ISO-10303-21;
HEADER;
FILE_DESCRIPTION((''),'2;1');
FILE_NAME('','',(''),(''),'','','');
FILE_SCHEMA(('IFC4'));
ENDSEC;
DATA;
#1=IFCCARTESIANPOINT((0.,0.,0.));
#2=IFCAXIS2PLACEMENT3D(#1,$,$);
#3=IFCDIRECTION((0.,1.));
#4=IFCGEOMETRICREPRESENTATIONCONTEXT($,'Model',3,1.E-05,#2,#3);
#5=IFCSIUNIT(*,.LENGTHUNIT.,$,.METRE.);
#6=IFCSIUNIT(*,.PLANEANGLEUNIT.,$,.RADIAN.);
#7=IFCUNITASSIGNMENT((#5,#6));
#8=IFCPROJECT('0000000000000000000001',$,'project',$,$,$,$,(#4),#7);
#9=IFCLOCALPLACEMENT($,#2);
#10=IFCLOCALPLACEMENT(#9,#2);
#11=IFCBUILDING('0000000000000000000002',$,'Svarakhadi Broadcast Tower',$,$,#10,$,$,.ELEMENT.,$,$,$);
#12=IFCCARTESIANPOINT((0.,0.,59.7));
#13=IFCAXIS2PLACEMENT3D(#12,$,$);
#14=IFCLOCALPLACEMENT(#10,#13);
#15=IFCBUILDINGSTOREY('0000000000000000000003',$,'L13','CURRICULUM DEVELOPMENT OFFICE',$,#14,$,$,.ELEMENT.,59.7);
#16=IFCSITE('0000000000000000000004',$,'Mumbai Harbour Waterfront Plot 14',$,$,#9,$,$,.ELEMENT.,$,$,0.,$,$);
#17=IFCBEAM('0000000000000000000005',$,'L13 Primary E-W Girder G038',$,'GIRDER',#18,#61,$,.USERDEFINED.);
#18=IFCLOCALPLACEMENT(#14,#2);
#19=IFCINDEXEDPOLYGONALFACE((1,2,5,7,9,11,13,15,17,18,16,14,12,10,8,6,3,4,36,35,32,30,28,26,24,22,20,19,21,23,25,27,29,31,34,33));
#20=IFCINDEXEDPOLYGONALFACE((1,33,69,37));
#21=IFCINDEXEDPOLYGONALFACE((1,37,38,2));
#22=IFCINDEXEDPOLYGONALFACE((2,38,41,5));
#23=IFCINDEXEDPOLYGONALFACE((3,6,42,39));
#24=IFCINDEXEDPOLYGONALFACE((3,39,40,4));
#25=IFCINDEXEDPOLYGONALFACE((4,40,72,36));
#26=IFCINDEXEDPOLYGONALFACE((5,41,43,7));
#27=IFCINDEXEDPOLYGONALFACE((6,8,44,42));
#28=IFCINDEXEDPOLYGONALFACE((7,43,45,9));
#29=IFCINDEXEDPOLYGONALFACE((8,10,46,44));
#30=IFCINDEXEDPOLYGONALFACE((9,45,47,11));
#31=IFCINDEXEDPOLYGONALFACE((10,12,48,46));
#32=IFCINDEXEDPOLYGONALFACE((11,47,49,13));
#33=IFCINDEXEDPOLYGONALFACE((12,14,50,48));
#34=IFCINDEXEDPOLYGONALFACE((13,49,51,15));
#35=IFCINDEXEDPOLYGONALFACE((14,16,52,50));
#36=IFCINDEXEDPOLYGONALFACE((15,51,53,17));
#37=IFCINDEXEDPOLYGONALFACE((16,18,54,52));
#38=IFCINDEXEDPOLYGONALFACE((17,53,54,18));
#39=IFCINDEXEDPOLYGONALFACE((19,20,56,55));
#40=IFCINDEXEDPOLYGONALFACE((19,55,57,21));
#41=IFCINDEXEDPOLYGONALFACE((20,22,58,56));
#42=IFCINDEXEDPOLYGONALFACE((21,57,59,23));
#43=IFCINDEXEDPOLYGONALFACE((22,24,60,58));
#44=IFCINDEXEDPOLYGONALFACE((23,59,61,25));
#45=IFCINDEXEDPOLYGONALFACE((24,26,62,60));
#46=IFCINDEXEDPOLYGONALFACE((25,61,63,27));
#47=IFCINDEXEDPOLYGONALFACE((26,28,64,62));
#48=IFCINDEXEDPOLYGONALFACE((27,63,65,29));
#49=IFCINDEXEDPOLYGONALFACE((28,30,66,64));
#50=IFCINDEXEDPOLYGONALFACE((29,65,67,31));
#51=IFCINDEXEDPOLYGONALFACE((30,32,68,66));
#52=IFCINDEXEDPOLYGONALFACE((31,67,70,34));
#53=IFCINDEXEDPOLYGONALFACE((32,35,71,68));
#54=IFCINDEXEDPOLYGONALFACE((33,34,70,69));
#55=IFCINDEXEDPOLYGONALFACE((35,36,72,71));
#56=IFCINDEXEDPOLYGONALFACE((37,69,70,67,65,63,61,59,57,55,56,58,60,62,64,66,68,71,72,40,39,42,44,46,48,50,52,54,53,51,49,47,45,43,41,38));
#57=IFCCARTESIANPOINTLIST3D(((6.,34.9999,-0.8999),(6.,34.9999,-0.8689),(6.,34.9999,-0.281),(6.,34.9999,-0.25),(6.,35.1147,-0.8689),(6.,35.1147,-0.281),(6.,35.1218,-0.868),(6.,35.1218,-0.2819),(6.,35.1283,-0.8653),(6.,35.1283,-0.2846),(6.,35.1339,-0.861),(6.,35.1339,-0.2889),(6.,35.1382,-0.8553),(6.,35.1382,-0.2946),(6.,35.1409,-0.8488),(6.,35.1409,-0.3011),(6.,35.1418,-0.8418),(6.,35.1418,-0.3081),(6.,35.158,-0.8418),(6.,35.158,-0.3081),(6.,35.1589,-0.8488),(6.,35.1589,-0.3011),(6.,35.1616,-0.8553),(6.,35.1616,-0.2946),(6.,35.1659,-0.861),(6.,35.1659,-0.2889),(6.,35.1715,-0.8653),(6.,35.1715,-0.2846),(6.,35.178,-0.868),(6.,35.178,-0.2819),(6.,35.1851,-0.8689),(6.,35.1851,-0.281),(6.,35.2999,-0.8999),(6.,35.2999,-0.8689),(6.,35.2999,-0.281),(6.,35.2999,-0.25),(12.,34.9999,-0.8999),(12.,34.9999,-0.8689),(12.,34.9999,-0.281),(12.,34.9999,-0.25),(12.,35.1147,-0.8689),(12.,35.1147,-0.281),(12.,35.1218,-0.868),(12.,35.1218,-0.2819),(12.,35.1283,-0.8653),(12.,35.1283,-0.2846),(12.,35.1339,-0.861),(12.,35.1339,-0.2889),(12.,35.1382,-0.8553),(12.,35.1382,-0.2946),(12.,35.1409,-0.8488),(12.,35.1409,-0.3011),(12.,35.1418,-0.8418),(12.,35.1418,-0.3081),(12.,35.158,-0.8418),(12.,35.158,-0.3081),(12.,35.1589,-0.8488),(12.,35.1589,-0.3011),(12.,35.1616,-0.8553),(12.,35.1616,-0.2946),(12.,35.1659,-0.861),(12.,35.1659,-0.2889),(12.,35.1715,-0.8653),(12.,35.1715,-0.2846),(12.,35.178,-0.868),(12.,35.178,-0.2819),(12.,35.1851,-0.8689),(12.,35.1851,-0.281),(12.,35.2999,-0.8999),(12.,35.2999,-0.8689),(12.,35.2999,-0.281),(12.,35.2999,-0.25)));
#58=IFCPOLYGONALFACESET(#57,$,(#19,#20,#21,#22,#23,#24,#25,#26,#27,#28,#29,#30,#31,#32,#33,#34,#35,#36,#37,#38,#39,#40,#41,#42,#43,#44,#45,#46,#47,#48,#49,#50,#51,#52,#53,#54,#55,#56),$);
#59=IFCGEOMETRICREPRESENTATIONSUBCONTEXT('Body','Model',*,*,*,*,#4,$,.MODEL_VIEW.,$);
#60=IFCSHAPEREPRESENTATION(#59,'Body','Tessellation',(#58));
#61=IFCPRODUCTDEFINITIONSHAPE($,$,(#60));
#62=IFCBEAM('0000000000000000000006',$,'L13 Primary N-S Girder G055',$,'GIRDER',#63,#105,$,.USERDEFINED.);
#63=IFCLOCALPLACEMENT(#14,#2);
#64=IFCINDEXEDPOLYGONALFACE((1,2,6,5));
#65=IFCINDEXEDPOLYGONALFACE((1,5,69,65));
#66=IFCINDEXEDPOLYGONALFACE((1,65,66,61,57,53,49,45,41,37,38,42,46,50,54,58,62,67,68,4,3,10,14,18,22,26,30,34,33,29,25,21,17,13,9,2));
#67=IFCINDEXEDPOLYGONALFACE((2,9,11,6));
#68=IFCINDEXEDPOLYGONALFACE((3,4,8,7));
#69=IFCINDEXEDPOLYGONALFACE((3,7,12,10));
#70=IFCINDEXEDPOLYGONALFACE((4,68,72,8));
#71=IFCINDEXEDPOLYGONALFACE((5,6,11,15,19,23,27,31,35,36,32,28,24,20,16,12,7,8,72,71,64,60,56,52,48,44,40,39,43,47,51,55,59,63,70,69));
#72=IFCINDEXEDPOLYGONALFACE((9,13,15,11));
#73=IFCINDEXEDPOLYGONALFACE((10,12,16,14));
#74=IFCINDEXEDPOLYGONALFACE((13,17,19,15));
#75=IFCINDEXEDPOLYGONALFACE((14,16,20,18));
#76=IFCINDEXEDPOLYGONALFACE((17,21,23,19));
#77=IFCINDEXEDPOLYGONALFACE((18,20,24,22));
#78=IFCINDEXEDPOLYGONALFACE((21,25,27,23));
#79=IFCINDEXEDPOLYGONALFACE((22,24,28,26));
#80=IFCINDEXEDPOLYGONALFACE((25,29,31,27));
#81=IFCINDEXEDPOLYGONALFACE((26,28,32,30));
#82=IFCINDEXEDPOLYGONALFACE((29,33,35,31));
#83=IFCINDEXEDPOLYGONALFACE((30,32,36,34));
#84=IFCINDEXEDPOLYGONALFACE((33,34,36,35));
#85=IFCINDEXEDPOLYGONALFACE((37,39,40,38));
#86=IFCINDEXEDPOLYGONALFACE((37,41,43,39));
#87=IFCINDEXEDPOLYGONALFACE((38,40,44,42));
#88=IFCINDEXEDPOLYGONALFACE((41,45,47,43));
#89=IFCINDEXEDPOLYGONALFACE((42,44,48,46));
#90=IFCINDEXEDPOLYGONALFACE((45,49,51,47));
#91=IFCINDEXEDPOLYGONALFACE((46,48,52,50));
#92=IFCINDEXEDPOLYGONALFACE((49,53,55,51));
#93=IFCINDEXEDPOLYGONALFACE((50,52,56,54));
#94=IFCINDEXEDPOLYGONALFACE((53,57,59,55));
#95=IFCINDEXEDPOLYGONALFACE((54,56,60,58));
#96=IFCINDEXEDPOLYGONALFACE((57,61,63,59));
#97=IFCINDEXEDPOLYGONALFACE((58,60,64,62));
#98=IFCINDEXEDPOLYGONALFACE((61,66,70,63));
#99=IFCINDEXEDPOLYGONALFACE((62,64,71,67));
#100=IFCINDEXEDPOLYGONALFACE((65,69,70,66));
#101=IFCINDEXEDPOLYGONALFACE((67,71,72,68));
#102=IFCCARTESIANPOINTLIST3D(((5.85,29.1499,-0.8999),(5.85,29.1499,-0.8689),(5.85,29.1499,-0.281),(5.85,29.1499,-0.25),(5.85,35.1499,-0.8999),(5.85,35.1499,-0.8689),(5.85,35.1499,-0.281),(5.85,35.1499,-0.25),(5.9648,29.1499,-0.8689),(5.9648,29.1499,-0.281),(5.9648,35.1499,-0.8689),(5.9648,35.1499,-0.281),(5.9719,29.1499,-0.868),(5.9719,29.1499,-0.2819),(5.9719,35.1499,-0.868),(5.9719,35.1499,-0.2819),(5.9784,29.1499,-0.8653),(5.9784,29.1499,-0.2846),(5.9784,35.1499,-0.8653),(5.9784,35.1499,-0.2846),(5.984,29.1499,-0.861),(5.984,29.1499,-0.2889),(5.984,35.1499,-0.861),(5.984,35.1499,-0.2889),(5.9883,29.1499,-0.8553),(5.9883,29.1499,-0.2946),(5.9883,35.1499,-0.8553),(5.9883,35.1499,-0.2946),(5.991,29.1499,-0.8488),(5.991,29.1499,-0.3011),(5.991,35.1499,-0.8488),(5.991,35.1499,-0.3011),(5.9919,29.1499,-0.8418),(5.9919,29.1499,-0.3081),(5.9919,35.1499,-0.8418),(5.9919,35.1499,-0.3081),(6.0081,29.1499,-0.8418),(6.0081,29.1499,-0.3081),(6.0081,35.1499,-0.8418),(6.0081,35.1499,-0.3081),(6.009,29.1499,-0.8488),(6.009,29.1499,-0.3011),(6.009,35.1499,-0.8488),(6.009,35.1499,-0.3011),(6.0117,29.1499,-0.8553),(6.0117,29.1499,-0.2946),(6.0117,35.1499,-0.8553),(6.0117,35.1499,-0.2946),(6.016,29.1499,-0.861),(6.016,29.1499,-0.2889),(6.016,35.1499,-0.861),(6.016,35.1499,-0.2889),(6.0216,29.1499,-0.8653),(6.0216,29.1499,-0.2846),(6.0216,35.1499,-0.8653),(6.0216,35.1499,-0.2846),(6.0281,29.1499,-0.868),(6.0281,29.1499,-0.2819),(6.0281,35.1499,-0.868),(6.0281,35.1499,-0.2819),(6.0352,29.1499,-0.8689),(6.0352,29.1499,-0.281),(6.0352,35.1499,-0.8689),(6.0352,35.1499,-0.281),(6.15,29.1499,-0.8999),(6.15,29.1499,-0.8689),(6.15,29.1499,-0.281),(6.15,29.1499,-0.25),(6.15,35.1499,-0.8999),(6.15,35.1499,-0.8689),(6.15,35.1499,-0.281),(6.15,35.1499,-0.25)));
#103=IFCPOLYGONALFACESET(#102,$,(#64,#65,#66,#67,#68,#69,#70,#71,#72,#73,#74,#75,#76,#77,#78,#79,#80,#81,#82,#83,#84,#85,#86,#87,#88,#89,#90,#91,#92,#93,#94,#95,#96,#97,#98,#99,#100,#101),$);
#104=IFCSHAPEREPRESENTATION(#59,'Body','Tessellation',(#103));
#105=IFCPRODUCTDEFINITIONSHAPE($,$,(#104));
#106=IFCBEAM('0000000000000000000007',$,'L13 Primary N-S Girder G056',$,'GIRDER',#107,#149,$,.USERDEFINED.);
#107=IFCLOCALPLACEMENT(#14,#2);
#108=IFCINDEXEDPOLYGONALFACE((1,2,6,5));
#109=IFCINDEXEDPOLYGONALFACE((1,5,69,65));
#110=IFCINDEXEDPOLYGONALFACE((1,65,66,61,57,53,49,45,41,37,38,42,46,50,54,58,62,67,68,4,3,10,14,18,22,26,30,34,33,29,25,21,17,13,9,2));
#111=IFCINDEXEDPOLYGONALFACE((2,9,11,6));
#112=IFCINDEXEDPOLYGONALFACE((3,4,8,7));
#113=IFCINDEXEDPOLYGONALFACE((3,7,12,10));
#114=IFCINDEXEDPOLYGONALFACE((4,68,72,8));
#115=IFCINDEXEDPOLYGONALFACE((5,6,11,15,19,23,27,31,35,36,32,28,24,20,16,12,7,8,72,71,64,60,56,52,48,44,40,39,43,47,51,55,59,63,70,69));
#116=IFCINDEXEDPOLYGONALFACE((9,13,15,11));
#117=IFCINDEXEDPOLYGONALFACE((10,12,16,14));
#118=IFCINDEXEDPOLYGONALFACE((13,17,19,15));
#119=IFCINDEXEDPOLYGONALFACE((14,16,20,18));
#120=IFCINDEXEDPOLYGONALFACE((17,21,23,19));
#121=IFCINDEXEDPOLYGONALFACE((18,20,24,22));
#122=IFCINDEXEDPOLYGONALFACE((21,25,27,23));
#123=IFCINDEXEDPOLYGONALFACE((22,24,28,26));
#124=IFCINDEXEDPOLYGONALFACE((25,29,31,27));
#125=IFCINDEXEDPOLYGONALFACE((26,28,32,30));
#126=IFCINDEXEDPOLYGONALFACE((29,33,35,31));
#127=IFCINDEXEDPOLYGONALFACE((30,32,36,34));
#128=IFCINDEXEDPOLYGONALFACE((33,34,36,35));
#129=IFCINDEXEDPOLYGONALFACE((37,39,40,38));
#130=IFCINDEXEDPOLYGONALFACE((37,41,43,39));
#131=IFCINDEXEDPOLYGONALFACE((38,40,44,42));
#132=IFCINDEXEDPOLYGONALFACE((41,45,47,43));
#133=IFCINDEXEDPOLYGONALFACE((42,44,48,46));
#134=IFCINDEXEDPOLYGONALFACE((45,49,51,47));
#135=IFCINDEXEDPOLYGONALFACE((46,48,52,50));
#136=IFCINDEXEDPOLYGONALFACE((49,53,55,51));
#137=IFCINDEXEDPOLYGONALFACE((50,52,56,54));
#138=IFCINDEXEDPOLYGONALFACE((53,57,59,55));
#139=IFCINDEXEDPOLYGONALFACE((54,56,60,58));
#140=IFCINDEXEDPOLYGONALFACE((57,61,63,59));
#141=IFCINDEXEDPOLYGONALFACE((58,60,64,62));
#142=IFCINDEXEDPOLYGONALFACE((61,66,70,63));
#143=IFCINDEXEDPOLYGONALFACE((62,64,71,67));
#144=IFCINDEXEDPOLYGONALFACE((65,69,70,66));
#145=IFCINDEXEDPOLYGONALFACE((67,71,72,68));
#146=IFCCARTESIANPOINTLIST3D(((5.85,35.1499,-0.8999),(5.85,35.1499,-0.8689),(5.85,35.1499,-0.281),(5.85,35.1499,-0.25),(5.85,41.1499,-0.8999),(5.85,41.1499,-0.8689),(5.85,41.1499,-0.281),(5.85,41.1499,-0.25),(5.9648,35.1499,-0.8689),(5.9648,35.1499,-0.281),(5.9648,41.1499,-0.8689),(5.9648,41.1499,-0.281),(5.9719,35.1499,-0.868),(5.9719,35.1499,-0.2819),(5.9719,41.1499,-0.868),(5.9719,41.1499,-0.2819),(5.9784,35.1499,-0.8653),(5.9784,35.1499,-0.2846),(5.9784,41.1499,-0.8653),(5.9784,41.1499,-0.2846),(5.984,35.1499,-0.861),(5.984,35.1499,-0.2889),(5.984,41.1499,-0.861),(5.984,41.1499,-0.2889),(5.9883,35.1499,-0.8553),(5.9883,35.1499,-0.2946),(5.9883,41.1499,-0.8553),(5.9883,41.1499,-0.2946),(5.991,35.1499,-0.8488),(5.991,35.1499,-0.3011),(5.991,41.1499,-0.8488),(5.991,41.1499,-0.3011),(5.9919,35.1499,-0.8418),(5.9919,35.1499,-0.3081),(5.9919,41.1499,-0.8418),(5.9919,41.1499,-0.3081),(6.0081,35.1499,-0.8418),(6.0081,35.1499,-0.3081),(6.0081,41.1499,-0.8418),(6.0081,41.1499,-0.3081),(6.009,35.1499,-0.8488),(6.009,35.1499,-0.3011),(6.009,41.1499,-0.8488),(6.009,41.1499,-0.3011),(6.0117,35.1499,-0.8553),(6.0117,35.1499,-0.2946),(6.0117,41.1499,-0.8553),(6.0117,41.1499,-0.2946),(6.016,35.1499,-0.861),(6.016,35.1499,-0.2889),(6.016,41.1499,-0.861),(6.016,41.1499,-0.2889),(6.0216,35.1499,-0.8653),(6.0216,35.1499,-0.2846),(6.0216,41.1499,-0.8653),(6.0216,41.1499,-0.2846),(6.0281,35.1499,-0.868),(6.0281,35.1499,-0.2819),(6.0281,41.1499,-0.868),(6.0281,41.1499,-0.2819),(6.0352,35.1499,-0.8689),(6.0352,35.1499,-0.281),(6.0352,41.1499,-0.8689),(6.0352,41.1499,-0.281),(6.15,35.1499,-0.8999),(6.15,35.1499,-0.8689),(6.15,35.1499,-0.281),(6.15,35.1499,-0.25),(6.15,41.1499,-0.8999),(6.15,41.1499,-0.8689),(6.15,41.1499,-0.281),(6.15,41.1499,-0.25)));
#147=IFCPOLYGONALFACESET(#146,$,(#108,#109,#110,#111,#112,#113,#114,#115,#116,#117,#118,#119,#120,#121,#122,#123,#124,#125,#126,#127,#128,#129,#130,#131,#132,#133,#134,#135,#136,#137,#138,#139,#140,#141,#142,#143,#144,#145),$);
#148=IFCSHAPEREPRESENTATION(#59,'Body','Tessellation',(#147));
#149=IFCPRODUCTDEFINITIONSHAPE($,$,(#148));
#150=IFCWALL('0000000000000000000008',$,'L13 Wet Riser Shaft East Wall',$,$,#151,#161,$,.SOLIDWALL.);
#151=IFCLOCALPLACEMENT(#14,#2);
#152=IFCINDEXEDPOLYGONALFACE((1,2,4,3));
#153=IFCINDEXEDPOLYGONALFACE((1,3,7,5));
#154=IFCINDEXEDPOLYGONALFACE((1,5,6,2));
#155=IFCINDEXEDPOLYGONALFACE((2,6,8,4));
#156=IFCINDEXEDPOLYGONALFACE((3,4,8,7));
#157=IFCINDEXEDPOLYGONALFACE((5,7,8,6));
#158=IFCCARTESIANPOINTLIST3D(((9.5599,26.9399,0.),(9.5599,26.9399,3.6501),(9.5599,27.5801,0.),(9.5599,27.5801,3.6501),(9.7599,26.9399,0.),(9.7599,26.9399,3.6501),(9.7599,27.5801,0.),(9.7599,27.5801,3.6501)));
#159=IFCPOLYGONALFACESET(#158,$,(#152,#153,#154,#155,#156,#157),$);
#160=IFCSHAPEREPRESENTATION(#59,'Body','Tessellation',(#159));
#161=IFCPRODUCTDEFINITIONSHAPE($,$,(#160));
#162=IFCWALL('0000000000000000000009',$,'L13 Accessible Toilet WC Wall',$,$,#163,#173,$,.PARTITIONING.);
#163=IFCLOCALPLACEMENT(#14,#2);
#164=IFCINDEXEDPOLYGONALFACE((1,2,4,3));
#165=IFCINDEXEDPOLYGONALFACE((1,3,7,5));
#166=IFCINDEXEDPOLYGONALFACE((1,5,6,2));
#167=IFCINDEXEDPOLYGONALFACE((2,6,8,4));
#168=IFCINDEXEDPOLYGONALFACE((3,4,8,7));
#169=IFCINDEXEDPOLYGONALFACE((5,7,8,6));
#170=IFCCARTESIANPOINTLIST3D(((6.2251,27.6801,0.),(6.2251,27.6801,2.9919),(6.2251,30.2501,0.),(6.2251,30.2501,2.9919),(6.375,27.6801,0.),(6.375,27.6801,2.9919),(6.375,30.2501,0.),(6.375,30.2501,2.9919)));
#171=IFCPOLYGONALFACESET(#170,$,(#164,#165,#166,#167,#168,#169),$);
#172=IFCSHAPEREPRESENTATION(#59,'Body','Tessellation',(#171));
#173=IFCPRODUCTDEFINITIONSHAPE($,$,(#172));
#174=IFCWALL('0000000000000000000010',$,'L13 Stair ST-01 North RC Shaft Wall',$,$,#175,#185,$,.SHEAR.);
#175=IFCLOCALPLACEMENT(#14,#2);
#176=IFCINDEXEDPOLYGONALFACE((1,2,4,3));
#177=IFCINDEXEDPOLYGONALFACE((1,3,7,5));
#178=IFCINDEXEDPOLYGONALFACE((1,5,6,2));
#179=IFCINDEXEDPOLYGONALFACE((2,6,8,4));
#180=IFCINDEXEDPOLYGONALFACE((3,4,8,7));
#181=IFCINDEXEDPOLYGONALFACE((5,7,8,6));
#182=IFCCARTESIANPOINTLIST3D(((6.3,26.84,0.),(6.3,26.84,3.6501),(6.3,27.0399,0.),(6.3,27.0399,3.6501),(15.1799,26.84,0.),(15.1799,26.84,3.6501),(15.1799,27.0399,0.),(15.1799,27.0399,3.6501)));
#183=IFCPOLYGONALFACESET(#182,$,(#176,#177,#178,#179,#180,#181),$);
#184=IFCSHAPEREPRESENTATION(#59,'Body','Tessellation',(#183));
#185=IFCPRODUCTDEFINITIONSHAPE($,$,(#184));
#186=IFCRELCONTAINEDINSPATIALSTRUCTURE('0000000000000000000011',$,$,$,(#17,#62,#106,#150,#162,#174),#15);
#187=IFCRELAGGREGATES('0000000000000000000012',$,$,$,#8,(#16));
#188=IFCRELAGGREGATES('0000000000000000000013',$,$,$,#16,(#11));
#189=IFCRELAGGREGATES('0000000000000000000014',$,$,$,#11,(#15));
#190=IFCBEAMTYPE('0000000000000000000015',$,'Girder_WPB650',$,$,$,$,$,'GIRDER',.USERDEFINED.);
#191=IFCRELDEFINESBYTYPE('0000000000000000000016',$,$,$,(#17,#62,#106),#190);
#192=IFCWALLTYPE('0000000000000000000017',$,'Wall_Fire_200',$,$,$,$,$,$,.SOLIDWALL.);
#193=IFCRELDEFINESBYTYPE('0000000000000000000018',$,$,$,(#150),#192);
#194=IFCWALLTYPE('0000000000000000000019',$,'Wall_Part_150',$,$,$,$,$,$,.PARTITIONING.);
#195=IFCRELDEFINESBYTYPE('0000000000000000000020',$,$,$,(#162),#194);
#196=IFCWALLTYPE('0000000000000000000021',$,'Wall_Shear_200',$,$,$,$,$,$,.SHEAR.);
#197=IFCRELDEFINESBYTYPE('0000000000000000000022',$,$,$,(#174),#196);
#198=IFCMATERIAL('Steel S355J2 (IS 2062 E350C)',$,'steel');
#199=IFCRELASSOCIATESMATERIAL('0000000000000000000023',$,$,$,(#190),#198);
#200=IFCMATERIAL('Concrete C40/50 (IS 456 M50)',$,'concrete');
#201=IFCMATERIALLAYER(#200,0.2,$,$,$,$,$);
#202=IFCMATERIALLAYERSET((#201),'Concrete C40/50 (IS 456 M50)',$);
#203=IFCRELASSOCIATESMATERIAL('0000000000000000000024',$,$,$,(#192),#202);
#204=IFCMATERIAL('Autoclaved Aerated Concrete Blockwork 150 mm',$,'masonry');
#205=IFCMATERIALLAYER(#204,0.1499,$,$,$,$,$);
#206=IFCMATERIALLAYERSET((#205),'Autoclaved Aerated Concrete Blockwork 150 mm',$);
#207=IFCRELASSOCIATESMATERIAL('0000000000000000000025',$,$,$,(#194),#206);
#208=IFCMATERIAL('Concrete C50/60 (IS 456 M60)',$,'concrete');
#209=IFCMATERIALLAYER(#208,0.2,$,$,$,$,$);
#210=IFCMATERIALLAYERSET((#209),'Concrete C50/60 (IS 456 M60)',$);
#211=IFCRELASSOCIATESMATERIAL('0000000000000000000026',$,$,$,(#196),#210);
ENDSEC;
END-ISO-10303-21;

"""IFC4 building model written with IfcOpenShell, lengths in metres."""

from ifc_helpers import new_model, si_unit, direction, frame, frame_2d, origin, origin_2d, place, context, subcontext, project, spatial, rectangle, i_section, extrude, material, layer, layer_set, material_profile, profile_set, type_object, element, save


model = new_model("IFC4")

# Units and contexts
model_context = context("Model", 3, precision=1e-05, world=origin(), true_north=direction((0.0, 1.0)))
body_context = subcontext(model_context, "Body", "Model", "MODEL_VIEW")
ifc_project = project(units=[si_unit("LENGTHUNIT", "METRE"), si_unit("PLANEANGLEUNIT", "RADIAN")], contexts=[model_context])

# Site, building, storey
site_placement = place(None, origin())
site = spatial("IfcSite", under=ifc_project, at=site_placement, Name="Mumbai Harbour Waterfront Plot 14", CompositionType="ELEMENT", RefElevation=0.0)
building_placement = place(site_placement, origin())
building = spatial("IfcBuilding", under=site, at=building_placement, Name="Svarakhadi Broadcast Tower", CompositionType="ELEMENT")
storey_placement = place(building_placement, frame((0.0, 0.0, 59.7)))
storey = spatial("IfcBuildingStorey", under=building, at=storey_placement, Name="L13", Description="CURRICULUM DEVELOPMENT OFFICE", CompositionType="ELEMENT", Elevation=59.7)

# Beams
ifc_material_1 = material(Name="Steel S355J2 (IS 2062 E350C)", Category="steel")
ifc_material_profile_1 = material_profile(ifc_material_1, i_section(OverallWidth=0.3, OverallDepth=0.6499, WebThickness=0.0161, FlangeThickness=0.031, FilletRadius=0.0271, at=origin_2d()), Name="WPB 650x300x225")
ifc_profile_set_1 = profile_set([ifc_material_profile_1], Name="Steel S355J2 (IS 2062 E350C)")
beam_type_1 = type_object("IfcBeamType", Name="Girder_WPB650", ElementType="GIRDER", PredefinedType="USERDEFINED", material=ifc_profile_set_1)
for number, where, z_axis, x_axis, name in (
    (1, (6.0, 35.1499, -0.575), (1.0, 0.0, 0.0), (0.0, 1.0, 0.0), "L13 Primary E-W Girder G038"),
    (2, (6.0, 29.1499, -0.575), (0.0, 1.0, 0.0), (-1.0, 0.0, 0.0), "L13 Primary N-S Girder G055"),
    (3, (6.0, 35.1499, -0.575), (0.0, 1.0, 0.0), (-1.0, 0.0, 0.0), "L13 Primary N-S Girder G056"),
):
    element("IfcBeam", number, at=place(storey_placement, frame(where, z_axis=z_axis, x_axis=x_axis)), inside=storey, type_object=beam_type_1, Name=name, ObjectType="GIRDER", PredefinedType="USERDEFINED", context=body_context, shape_type="SweptSolid", body=[
        extrude(i_section(OverallWidth=0.3, OverallDepth=0.6499, WebThickness=0.0161, FlangeThickness=0.031, FilletRadius=0.0271, at=origin_2d()), origin(), (0.0, 0.0, 1.0), 6.0),
    ])

# Walls
ifc_material_2 = material(Name="Concrete C40/50 (IS 456 M50)", Category="concrete")
ifc_layer_1 = layer(ifc_material_2, 0.2)
ifc_layer_set_1 = layer_set([ifc_layer_1], Name="Concrete C40/50 (IS 456 M50)")
wall_type_1 = type_object("IfcWallType", Name="Wall_Fire_200", PredefinedType="SOLIDWALL", material=ifc_layer_set_1)
wall_1_placement = place(storey_placement, frame((9.6599, 26.9399, 0.0), z_axis=(0.0, 0.0, 1.0), x_axis=(0.0, 1.0, 0.0)))
element("IfcWall", 4, at=wall_1_placement, inside=storey, type_object=wall_type_1, Name="L13 Wet Riser Shaft East Wall", PredefinedType="SOLIDWALL", context=body_context, shape_type="SweptSolid", body=[
    extrude(rectangle(XDim=0.6401, YDim=0.2, at=frame_2d((0.3201, 0.0))), origin(), (0.0, 0.0, 1.0), 3.6501),
])
ifc_material_3 = material(Name="Autoclaved Aerated Concrete Blockwork 150 mm", Category="masonry")
ifc_layer_2 = layer(ifc_material_3, 0.1499)
ifc_layer_set_2 = layer_set([ifc_layer_2], Name="Autoclaved Aerated Concrete Blockwork 150 mm")
wall_type_2 = type_object("IfcWallType", Name="Wall_Part_150", PredefinedType="PARTITIONING", material=ifc_layer_set_2)
wall_2_placement = place(storey_placement, frame((6.3, 27.6799, 0.0), z_axis=(0.0, 0.0, 1.0), x_axis=(0.0, 1.0, 0.0)))
element("IfcWall", 5, at=wall_2_placement, inside=storey, type_object=wall_type_2, Name="L13 Accessible Toilet WC Wall", PredefinedType="PARTITIONING", context=body_context, shape_type="SweptSolid", body=[
    extrude(rectangle(XDim=2.5701, YDim=0.1499, at=frame_2d((1.2852, 0.0))), origin(), (0.0, 0.0, 1.0), 2.9919),
])
ifc_material_4 = material(Name="Concrete C50/60 (IS 456 M60)", Category="concrete")
ifc_layer_3 = layer(ifc_material_4, 0.2)
ifc_layer_set_3 = layer_set([ifc_layer_3], Name="Concrete C50/60 (IS 456 M60)")
wall_type_3 = type_object("IfcWallType", Name="Wall_Shear_200", PredefinedType="SHEAR", material=ifc_layer_set_3)
wall_3_placement = place(storey_placement, frame((6.3, 26.9399, 0.0), z_axis=(0.0, 0.0, 1.0), x_axis=(1.0, 0.0, 0.0)))
element("IfcWall", 6, at=wall_3_placement, inside=storey, type_object=wall_type_3, Name="L13 Stair ST-01 North RC Shaft Wall", PredefinedType="SHEAR", context=body_context, shape_type="SweptSolid", body=[
    extrude(rectangle(XDim=8.8799, YDim=0.2, at=frame_2d((4.4399, 0.0))), origin(), (0.0, 0.0, 1.0), 3.6501),
])

save(model, "model.ifc")
